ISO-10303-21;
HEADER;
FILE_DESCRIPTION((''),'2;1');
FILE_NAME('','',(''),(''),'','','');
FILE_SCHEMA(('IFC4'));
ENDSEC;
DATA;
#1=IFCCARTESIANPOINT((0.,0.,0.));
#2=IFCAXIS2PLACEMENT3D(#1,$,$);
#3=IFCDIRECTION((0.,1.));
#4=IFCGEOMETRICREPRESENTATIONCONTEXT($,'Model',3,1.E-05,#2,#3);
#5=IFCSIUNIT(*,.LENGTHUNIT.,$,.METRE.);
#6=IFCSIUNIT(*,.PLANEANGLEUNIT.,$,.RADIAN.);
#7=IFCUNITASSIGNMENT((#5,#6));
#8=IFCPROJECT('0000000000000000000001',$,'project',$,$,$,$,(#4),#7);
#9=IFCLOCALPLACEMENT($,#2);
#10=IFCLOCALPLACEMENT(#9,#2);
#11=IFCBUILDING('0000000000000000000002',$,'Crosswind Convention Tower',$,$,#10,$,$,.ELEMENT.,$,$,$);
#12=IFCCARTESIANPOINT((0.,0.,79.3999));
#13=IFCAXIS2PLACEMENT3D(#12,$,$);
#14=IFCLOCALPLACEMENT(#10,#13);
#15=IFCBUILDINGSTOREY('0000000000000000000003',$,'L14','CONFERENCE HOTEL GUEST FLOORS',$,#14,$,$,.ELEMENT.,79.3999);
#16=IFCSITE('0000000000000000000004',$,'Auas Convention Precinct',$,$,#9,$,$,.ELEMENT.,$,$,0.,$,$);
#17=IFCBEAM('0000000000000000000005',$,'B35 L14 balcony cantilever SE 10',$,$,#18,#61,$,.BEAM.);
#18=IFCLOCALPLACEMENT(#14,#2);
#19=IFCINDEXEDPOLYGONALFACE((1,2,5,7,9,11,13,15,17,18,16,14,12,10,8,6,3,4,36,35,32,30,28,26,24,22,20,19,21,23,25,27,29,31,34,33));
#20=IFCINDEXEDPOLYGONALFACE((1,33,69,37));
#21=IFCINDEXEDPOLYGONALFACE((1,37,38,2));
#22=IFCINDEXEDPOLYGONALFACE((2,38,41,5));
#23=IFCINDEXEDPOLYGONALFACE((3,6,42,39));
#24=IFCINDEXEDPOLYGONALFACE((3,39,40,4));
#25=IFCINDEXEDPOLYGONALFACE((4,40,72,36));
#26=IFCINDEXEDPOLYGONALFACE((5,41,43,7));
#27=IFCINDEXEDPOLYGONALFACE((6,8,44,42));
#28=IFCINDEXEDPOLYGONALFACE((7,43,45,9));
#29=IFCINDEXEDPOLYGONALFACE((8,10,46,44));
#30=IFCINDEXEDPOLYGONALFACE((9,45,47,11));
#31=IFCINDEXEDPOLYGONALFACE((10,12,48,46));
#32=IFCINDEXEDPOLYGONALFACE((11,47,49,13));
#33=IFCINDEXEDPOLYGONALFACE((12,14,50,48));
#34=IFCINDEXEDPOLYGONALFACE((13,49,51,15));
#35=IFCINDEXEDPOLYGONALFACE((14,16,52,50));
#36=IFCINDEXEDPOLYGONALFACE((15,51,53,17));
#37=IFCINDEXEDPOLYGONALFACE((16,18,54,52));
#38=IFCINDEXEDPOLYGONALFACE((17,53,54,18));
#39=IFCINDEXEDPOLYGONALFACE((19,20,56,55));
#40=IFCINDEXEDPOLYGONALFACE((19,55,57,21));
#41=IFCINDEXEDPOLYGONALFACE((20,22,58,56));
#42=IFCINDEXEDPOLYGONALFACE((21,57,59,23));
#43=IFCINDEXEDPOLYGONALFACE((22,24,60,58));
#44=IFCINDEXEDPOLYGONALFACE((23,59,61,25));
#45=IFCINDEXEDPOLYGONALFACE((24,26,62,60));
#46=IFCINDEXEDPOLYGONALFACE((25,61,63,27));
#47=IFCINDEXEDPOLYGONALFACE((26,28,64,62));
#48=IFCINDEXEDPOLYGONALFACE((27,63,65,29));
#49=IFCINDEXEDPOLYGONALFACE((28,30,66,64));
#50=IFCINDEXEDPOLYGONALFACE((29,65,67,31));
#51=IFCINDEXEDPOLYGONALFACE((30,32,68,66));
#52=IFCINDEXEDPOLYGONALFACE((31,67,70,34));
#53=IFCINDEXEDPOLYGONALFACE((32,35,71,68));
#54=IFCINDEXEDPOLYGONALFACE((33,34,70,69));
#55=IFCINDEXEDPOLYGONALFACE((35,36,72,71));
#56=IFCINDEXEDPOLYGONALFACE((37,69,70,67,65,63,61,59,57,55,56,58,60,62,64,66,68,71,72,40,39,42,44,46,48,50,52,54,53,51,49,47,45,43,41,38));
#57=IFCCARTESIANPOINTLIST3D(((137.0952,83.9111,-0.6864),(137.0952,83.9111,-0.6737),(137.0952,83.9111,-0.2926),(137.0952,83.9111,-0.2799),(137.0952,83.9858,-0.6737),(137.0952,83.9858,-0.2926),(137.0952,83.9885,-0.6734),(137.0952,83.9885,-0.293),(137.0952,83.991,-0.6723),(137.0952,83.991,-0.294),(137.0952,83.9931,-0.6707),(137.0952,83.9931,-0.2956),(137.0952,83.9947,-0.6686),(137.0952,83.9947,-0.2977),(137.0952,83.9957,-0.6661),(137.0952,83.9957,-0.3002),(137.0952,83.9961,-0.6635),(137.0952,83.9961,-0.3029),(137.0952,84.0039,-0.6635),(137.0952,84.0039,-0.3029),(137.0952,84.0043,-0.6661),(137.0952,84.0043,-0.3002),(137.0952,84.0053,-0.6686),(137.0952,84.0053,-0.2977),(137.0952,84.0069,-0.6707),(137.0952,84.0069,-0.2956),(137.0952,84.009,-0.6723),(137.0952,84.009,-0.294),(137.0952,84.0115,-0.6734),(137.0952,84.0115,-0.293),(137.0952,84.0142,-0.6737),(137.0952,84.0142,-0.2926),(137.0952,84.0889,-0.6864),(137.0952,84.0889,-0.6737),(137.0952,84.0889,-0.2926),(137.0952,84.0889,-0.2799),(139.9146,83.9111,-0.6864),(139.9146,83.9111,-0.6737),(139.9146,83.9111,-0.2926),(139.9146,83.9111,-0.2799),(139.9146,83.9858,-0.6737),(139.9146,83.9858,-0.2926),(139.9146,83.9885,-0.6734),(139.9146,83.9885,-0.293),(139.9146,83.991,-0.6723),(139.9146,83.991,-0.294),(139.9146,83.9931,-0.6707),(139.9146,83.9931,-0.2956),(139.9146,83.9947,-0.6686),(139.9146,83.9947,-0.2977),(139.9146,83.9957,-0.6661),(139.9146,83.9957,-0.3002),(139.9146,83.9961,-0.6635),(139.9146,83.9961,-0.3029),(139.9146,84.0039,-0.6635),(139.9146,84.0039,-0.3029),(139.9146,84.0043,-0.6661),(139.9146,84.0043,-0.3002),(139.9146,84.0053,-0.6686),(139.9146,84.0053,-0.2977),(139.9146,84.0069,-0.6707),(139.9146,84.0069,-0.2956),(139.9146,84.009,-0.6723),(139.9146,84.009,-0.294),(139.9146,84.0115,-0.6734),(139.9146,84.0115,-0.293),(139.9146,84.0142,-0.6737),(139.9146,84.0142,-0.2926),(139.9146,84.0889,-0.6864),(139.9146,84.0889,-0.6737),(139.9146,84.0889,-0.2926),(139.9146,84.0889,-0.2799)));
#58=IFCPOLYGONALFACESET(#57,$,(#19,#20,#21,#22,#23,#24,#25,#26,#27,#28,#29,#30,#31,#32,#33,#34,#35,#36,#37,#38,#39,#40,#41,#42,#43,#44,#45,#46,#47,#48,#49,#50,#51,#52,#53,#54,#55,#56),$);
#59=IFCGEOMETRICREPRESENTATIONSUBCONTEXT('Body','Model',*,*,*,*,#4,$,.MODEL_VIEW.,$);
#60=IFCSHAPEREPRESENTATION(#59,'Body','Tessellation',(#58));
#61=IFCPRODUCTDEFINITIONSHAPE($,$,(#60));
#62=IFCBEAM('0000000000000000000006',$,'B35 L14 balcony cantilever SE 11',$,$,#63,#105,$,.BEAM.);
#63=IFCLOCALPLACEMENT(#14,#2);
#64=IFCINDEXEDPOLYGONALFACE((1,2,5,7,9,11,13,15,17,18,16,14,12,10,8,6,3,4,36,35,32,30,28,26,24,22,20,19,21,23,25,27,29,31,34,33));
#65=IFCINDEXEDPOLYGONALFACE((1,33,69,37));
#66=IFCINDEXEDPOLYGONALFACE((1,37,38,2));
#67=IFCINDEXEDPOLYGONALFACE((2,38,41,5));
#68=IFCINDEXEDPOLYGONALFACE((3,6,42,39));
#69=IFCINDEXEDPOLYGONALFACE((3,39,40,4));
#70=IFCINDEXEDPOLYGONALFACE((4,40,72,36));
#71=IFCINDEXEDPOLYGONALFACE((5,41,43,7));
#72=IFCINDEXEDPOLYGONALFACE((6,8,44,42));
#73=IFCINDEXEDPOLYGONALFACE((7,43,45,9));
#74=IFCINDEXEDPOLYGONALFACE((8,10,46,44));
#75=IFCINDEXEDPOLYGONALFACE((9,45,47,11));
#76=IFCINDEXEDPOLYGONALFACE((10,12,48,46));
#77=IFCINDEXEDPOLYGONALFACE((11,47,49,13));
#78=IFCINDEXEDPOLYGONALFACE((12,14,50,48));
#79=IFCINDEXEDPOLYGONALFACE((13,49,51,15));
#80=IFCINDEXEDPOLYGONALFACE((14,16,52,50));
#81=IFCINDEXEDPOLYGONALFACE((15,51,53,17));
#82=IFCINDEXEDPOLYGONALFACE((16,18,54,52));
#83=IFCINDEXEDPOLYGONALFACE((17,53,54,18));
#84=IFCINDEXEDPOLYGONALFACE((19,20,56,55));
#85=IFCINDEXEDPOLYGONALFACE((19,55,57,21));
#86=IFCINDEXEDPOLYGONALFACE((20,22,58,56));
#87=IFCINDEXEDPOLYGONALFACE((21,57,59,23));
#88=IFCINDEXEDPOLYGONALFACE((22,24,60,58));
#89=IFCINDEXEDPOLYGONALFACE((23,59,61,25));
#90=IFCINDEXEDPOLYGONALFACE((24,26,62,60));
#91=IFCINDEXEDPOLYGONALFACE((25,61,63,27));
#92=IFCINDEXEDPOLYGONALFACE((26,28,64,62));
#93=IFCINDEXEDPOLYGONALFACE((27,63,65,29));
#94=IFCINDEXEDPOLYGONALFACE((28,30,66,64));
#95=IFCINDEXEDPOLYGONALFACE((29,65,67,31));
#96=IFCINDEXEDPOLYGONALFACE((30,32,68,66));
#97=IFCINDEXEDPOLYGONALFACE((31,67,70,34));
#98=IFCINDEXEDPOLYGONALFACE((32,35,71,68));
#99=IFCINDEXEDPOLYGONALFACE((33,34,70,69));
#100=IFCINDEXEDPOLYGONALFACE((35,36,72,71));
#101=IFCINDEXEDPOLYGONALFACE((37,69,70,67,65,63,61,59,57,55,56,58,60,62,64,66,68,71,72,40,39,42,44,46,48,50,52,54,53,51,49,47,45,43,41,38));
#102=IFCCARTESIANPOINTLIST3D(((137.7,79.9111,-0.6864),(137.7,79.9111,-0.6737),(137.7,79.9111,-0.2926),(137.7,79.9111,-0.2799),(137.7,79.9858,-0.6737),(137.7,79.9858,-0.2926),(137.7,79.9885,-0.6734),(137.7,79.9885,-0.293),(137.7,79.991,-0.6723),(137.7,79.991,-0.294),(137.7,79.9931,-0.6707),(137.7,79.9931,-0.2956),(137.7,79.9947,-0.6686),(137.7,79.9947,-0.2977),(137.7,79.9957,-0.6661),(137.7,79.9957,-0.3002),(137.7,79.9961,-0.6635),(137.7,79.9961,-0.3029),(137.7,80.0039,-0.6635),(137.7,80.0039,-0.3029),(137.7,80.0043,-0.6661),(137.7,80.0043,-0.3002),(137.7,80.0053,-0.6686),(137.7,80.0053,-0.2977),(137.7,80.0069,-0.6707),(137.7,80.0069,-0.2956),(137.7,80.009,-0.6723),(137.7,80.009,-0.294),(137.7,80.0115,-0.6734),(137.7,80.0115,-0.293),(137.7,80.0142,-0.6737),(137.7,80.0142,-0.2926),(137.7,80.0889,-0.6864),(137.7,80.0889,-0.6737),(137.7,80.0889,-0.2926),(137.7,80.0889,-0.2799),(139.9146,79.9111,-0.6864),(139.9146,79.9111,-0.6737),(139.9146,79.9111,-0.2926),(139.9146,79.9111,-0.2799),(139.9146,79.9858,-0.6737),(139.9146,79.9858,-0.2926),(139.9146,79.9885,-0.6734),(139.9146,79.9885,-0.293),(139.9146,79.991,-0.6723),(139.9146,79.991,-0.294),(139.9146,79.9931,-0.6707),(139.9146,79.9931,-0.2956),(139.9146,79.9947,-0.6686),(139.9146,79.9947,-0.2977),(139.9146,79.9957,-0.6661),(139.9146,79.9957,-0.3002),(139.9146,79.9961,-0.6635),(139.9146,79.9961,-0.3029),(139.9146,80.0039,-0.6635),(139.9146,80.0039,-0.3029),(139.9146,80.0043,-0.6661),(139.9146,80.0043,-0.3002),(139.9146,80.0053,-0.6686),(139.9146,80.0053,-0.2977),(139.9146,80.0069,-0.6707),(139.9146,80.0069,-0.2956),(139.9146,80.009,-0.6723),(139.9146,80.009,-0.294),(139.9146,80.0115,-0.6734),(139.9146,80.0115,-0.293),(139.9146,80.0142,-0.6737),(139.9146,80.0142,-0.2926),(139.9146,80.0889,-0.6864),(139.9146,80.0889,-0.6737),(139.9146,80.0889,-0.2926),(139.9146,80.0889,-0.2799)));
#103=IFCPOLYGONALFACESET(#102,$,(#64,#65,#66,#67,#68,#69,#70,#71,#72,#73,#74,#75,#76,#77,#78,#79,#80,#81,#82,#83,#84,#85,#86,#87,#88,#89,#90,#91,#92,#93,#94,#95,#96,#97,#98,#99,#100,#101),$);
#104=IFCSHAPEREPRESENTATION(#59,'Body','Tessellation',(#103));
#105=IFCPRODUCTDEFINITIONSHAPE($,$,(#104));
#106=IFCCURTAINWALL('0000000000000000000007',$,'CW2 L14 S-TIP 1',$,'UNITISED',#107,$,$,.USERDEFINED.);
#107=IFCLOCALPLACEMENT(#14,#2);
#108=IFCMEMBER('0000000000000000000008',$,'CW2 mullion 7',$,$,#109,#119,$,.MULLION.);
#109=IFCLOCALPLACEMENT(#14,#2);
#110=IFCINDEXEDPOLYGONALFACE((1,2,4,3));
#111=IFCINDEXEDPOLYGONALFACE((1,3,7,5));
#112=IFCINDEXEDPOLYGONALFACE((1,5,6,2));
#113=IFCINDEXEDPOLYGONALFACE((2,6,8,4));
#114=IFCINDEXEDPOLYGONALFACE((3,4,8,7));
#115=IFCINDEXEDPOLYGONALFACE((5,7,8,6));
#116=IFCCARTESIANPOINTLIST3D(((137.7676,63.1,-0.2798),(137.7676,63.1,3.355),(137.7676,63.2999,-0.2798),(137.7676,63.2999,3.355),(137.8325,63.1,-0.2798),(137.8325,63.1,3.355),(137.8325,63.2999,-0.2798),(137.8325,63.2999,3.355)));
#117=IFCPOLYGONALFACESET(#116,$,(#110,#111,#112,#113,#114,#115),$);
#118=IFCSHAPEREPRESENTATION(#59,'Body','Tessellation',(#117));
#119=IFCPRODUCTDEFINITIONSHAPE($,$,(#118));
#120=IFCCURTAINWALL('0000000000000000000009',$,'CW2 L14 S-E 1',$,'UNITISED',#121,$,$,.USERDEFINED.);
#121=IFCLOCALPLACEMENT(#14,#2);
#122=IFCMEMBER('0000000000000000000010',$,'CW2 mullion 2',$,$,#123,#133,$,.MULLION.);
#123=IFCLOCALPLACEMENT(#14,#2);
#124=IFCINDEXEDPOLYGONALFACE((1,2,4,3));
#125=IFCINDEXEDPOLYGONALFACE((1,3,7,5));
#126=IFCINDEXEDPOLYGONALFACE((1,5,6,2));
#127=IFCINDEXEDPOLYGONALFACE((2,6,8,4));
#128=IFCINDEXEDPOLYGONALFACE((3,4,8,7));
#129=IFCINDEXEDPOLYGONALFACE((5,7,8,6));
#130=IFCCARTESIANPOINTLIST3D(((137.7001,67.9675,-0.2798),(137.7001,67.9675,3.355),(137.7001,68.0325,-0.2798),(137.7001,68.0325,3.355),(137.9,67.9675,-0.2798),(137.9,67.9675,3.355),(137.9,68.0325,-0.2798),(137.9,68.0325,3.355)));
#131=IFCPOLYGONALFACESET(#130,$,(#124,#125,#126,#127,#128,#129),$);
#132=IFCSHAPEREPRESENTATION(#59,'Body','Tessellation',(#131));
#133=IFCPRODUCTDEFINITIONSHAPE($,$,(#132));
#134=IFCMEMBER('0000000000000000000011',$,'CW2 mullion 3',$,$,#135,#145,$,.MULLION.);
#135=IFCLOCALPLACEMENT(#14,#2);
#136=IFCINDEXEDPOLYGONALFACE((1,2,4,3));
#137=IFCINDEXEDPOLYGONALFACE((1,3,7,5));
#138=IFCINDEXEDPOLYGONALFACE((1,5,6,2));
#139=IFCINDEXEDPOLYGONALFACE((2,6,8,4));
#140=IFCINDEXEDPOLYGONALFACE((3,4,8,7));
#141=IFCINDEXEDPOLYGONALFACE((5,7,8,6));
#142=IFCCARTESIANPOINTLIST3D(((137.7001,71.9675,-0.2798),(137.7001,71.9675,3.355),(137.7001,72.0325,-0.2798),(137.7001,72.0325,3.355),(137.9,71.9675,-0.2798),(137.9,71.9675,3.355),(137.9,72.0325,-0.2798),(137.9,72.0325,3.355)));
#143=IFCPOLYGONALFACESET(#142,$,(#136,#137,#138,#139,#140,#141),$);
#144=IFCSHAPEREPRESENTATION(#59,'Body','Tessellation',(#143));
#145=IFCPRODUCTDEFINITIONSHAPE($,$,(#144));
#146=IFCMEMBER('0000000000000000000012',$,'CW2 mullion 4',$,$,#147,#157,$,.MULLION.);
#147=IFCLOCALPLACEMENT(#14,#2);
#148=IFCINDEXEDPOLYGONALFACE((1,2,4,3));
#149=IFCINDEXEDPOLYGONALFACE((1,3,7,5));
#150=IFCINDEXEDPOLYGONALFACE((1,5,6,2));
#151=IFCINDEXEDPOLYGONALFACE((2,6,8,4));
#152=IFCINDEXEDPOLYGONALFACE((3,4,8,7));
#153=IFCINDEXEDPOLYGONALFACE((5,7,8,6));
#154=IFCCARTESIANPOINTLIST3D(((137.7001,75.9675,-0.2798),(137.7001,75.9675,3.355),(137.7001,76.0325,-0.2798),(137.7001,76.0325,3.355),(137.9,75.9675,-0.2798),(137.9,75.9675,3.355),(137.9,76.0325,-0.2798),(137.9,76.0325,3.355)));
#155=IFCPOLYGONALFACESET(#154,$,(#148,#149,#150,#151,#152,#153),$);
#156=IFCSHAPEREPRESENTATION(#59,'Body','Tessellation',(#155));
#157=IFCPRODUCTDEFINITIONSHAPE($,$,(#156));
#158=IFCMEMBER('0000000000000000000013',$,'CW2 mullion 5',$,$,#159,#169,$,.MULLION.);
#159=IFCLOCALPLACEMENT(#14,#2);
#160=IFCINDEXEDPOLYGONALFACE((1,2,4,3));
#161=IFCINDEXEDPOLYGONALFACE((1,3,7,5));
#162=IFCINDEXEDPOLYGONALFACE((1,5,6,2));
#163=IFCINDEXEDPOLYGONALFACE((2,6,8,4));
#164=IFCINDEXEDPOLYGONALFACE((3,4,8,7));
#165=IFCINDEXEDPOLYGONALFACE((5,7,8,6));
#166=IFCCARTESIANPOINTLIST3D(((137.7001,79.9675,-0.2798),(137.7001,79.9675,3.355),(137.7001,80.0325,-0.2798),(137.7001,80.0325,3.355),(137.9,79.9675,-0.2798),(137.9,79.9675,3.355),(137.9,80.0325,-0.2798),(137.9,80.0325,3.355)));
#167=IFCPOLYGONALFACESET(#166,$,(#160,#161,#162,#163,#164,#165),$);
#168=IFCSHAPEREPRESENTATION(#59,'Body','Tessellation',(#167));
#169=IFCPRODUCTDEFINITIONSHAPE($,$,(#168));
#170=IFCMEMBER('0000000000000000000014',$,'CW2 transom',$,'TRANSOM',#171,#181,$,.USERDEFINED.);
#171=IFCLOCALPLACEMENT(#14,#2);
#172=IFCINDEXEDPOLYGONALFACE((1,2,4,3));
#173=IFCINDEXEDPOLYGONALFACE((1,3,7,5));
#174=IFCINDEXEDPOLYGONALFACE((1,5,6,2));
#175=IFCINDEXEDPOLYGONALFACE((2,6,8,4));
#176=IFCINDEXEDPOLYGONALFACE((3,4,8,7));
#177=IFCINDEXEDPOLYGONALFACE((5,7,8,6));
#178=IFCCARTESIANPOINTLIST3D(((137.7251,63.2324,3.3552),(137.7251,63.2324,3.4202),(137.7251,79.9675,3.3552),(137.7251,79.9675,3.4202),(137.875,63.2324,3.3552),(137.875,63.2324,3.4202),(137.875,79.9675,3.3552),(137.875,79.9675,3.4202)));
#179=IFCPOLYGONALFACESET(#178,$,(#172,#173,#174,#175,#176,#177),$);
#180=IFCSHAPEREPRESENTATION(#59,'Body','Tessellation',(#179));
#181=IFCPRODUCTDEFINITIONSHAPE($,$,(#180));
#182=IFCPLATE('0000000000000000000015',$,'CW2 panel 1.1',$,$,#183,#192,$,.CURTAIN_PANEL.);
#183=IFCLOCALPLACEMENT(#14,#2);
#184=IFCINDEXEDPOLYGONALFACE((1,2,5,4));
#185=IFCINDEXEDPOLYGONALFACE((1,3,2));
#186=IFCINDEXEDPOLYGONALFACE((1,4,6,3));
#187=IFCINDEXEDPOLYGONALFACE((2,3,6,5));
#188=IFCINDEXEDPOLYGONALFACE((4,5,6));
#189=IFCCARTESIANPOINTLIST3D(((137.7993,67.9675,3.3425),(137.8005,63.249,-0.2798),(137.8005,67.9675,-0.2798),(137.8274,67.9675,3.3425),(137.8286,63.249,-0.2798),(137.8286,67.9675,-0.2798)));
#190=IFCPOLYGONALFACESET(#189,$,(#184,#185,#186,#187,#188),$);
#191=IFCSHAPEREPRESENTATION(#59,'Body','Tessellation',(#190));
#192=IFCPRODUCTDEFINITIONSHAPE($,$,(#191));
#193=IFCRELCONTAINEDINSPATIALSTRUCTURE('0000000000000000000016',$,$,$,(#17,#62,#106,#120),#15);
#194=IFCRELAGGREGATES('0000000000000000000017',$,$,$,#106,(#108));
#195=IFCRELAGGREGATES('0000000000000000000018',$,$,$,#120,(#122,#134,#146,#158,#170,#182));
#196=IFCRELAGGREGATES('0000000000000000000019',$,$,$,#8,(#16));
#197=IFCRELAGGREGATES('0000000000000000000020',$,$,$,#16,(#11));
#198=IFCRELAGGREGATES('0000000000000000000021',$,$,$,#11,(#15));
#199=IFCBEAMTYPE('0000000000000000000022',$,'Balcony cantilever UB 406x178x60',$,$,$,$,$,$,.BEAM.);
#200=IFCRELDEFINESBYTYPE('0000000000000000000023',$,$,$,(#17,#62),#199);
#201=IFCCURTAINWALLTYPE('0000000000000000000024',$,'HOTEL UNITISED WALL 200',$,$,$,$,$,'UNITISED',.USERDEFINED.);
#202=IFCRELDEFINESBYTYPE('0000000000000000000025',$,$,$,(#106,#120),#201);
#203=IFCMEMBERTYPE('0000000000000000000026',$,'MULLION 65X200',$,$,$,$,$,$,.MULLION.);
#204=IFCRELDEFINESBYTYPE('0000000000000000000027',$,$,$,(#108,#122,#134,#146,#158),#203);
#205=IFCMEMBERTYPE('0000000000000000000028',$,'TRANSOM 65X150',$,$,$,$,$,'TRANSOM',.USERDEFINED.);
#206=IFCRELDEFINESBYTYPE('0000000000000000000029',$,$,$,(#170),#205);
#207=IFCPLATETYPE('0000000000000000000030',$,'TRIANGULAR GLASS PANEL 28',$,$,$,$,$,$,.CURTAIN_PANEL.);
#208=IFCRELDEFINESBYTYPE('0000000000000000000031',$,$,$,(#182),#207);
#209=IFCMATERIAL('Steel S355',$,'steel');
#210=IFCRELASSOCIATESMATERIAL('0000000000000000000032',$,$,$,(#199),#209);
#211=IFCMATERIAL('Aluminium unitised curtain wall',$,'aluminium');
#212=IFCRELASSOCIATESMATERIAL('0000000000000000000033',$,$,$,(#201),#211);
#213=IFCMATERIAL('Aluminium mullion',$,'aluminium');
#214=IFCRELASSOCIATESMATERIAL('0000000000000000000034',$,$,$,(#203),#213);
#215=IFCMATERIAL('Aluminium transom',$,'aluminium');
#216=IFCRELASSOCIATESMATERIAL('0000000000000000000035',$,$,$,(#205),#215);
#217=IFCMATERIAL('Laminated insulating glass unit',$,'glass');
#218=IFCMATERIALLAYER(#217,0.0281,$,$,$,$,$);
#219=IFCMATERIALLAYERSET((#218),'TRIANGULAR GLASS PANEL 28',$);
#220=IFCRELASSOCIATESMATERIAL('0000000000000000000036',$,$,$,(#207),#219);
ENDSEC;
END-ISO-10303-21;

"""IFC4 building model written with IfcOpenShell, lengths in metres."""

from ifc_helpers import new_model, si_unit, direction, frame, origin, origin_2d, place, context, subcontext, project, spatial, polyline, rectangle, i_section, outline, extrude, material, layer, layer_set, material_profile, profile_set, type_object, element, aggregate, save


model = new_model("IFC4")

# Units and contexts
model_context = context("Model", 3, precision=1e-05, world=origin(), true_north=direction((0.0, 1.0)))
body_context = subcontext(model_context, "Body", "Model", "MODEL_VIEW")
ifc_project = project(units=[si_unit("LENGTHUNIT", "METRE"), si_unit("PLANEANGLEUNIT", "RADIAN")], contexts=[model_context])

# Site, building, storey
site_placement = place(None, origin())
site = spatial("IfcSite", under=ifc_project, at=site_placement, Name="Auas Convention Precinct", CompositionType="ELEMENT", RefElevation=0.0)
building_placement = place(site_placement, origin())
building = spatial("IfcBuilding", under=site, at=building_placement, Name="Crosswind Convention Tower", CompositionType="ELEMENT")
storey_placement = place(building_placement, frame((0.0, 0.0, 79.3999)))
storey = spatial("IfcBuildingStorey", under=building, at=storey_placement, Name="L14", Description="CONFERENCE HOTEL GUEST FLOORS", CompositionType="ELEMENT", Elevation=79.3999)

# Beams
ifc_material_1 = material(Name="Steel S355", Category="steel")
ifc_material_profile_1 = material_profile(ifc_material_1, i_section(OverallWidth=0.1777, OverallDepth=0.4065, WebThickness=0.0078, FlangeThickness=0.0127, FilletRadius=0.0103, at=origin_2d()), Name="UB 406x178x60")
ifc_profile_set_1 = profile_set([ifc_material_profile_1], Name="Steel S355")
beam_type = type_object("IfcBeamType", Name="Balcony cantilever UB 406x178x60", PredefinedType="BEAM", material=ifc_profile_set_1)
beam_1_placement = place(storey_placement, frame((137.0952, 84.0, -0.4832), z_axis=(1.0, 0.0, 0.0), x_axis=(0.0, 1.0, 0.0)))
element("IfcBeam", 1, at=beam_1_placement, inside=storey, type_object=beam_type, Name="B35 L14 balcony cantilever SE 10", PredefinedType="BEAM", context=body_context, shape_type="SweptSolid", body=[
    extrude(i_section(OverallWidth=0.1777, OverallDepth=0.4065, WebThickness=0.0078, FlangeThickness=0.0127, FilletRadius=0.0103, at=origin_2d()), origin(), (0.0, 0.0, 1.0), 2.8193),
])
beam_2_placement = place(storey_placement, frame((137.7, 80.0, -0.4832), z_axis=(1.0, 0.0, 0.0), x_axis=(0.0, 1.0, 0.0)))
element("IfcBeam", 2, at=beam_2_placement, inside=storey, type_object=beam_type, Name="B35 L14 balcony cantilever SE 11", PredefinedType="BEAM", context=body_context, shape_type="SweptSolid", body=[
    extrude(i_section(OverallWidth=0.1777, OverallDepth=0.4065, WebThickness=0.0078, FlangeThickness=0.0127, FilletRadius=0.0103, at=origin_2d()), origin(), (0.0, 0.0, 1.0), 2.2146),
])

# Curtain wall, member
ifc_material_2 = material(Name="Aluminium unitised curtain wall", Category="aluminium")
curtain_wall_type = type_object("IfcCurtainWallType", Name="HOTEL UNITISED WALL 200", ElementType="UNITISED", PredefinedType="USERDEFINED", material=ifc_material_2)
curtain_wall_1_placement = place(storey_placement, origin())
curtain_wall_1 = element("IfcCurtainWall", 3, at=curtain_wall_1_placement, inside=storey, type_object=curtain_wall_type, Name="CW2 L14 S-TIP 1", ObjectType="UNITISED", PredefinedType="USERDEFINED")
ifc_material_3 = material(Name="Aluminium mullion", Category="aluminium")
ifc_material_profile_2 = material_profile(ifc_material_3, rectangle(XDim=0.2, YDim=0.0649, at=origin_2d()), Name="AL 200X65")
ifc_profile_set_2 = profile_set([ifc_material_profile_2], Name="Aluminium mullion")
member_type_1 = type_object("IfcMemberType", Name="MULLION 65X200", PredefinedType="MULLION", material=ifc_profile_set_2)
member_1_placement = place(storey_placement, frame((137.8, 63.2, -0.2798), z_axis=(0.0, 0.0, 1.0), x_axis=(0.0, -1.0, 0.0)))
member_1 = element("IfcMember", 4, at=member_1_placement, type_object=member_type_1, Name="CW2 mullion 7", PredefinedType="MULLION", context=body_context, shape_type="SweptSolid", body=[
    extrude(rectangle(XDim=0.2, YDim=0.0649, at=origin_2d()), origin(), (0.0, 0.0, 1.0), 3.6348),
])
aggregate(curtain_wall_1, [member_1])

# Curtain wall, members, plate
curtain_wall_2_placement = place(storey_placement, origin())
curtain_wall_2 = element("IfcCurtainWall", 5, at=curtain_wall_2_placement, inside=storey, type_object=curtain_wall_type, Name="CW2 L14 S-E 1", ObjectType="UNITISED", PredefinedType="USERDEFINED")
member_2_placement = place(storey_placement, frame((137.8, 68.0, -0.2798), z_axis=(0.0, 0.0, 1.0), x_axis=(1.0, 0.0, 0.0)))
member_2 = element("IfcMember", 6, at=member_2_placement, type_object=member_type_1, Name="CW2 mullion 2", PredefinedType="MULLION", context=body_context, shape_type="SweptSolid", body=[
    extrude(rectangle(XDim=0.2, YDim=0.0649, at=origin_2d()), origin(), (0.0, 0.0, 1.0), 3.6348),
])
member_3_placement = place(storey_placement, frame((137.8, 72.0, -0.2798), z_axis=(0.0, 0.0, 1.0), x_axis=(1.0, 0.0, 0.0)))
member_3 = element("IfcMember", 7, at=member_3_placement, type_object=member_type_1, Name="CW2 mullion 3", PredefinedType="MULLION", context=body_context, shape_type="SweptSolid", body=[
    extrude(rectangle(XDim=0.2, YDim=0.0649, at=origin_2d()), origin(), (0.0, 0.0, 1.0), 3.6348),
])
member_4_placement = place(storey_placement, frame((137.8, 76.0, -0.2798), z_axis=(0.0, 0.0, 1.0), x_axis=(1.0, 0.0, 0.0)))
member_4 = element("IfcMember", 8, at=member_4_placement, type_object=member_type_1, Name="CW2 mullion 4", PredefinedType="MULLION", context=body_context, shape_type="SweptSolid", body=[
    extrude(rectangle(XDim=0.2, YDim=0.0649, at=origin_2d()), origin(), (0.0, 0.0, 1.0), 3.6348),
])
member_5_placement = place(storey_placement, frame((137.8, 80.0, -0.2798), z_axis=(0.0, 0.0, 1.0), x_axis=(1.0, 0.0, 0.0)))
member_5 = element("IfcMember", 9, at=member_5_placement, type_object=member_type_1, Name="CW2 mullion 5", PredefinedType="MULLION", context=body_context, shape_type="SweptSolid", body=[
    extrude(rectangle(XDim=0.2, YDim=0.0649, at=origin_2d()), origin(), (0.0, 0.0, 1.0), 3.6348),
])
ifc_material_4 = material(Name="Aluminium transom", Category="aluminium")
ifc_material_profile_3 = material_profile(ifc_material_4, rectangle(XDim=0.1499, YDim=0.0649, at=origin_2d()), Name="AL 150X65")
ifc_profile_set_3 = profile_set([ifc_material_profile_3], Name="Aluminium transom")
member_type_2 = type_object("IfcMemberType", Name="TRANSOM 65X150", ElementType="TRANSOM", PredefinedType="USERDEFINED", material=ifc_profile_set_3)
member_6_placement = place(storey_placement, frame((137.8, 63.2324, 3.3877), z_axis=(0.0, 1.0, 0.0), x_axis=(-1.0, 0.0, 0.0)))
member_6 = element("IfcMember", 10, at=member_6_placement, type_object=member_type_2, Name="CW2 transom", ObjectType="TRANSOM", PredefinedType="USERDEFINED", context=body_context, shape_type="SweptSolid", body=[
    extrude(rectangle(XDim=0.1499, YDim=0.0649, at=origin_2d()), origin(), (0.0, 0.0, 1.0), 16.7351),
])
ifc_material_5 = material(Name="Laminated insulating glass unit", Category="glass")
ifc_layer_1 = layer(ifc_material_5, 0.0281)
ifc_layer_set_1 = layer_set([ifc_layer_1], Name="TRIANGULAR GLASS PANEL 28")
plate_type = type_object("IfcPlateType", Name="TRIANGULAR GLASS PANEL 28", PredefinedType="CURTAIN_PANEL", material=ifc_layer_set_1)
plate_1_placement = place(storey_placement, frame((137.8286, 67.9675, -0.2798), z_axis=(1.0, 0.0, 0.000337), x_axis=(-0.000337, 0.0, 1.0)))
plate_1 = element("IfcPlate", 11, at=plate_1_placement, type_object=plate_type, Name="CW2 panel 1.1", PredefinedType="CURTAIN_PANEL", context=body_context, shape_type="SweptSolid", body=[
    extrude(outline(polyline([(0.0, 0.0), (3.6223, 0.0), (0.0, 4.7185), (0.0, 0.0)])), origin(), (0.0, 0.0, -1.0), 0.0281),
])
aggregate(curtain_wall_2, [member_2, member_3, member_4, member_5, member_6, plate_1])

save(model, "model.ifc")
